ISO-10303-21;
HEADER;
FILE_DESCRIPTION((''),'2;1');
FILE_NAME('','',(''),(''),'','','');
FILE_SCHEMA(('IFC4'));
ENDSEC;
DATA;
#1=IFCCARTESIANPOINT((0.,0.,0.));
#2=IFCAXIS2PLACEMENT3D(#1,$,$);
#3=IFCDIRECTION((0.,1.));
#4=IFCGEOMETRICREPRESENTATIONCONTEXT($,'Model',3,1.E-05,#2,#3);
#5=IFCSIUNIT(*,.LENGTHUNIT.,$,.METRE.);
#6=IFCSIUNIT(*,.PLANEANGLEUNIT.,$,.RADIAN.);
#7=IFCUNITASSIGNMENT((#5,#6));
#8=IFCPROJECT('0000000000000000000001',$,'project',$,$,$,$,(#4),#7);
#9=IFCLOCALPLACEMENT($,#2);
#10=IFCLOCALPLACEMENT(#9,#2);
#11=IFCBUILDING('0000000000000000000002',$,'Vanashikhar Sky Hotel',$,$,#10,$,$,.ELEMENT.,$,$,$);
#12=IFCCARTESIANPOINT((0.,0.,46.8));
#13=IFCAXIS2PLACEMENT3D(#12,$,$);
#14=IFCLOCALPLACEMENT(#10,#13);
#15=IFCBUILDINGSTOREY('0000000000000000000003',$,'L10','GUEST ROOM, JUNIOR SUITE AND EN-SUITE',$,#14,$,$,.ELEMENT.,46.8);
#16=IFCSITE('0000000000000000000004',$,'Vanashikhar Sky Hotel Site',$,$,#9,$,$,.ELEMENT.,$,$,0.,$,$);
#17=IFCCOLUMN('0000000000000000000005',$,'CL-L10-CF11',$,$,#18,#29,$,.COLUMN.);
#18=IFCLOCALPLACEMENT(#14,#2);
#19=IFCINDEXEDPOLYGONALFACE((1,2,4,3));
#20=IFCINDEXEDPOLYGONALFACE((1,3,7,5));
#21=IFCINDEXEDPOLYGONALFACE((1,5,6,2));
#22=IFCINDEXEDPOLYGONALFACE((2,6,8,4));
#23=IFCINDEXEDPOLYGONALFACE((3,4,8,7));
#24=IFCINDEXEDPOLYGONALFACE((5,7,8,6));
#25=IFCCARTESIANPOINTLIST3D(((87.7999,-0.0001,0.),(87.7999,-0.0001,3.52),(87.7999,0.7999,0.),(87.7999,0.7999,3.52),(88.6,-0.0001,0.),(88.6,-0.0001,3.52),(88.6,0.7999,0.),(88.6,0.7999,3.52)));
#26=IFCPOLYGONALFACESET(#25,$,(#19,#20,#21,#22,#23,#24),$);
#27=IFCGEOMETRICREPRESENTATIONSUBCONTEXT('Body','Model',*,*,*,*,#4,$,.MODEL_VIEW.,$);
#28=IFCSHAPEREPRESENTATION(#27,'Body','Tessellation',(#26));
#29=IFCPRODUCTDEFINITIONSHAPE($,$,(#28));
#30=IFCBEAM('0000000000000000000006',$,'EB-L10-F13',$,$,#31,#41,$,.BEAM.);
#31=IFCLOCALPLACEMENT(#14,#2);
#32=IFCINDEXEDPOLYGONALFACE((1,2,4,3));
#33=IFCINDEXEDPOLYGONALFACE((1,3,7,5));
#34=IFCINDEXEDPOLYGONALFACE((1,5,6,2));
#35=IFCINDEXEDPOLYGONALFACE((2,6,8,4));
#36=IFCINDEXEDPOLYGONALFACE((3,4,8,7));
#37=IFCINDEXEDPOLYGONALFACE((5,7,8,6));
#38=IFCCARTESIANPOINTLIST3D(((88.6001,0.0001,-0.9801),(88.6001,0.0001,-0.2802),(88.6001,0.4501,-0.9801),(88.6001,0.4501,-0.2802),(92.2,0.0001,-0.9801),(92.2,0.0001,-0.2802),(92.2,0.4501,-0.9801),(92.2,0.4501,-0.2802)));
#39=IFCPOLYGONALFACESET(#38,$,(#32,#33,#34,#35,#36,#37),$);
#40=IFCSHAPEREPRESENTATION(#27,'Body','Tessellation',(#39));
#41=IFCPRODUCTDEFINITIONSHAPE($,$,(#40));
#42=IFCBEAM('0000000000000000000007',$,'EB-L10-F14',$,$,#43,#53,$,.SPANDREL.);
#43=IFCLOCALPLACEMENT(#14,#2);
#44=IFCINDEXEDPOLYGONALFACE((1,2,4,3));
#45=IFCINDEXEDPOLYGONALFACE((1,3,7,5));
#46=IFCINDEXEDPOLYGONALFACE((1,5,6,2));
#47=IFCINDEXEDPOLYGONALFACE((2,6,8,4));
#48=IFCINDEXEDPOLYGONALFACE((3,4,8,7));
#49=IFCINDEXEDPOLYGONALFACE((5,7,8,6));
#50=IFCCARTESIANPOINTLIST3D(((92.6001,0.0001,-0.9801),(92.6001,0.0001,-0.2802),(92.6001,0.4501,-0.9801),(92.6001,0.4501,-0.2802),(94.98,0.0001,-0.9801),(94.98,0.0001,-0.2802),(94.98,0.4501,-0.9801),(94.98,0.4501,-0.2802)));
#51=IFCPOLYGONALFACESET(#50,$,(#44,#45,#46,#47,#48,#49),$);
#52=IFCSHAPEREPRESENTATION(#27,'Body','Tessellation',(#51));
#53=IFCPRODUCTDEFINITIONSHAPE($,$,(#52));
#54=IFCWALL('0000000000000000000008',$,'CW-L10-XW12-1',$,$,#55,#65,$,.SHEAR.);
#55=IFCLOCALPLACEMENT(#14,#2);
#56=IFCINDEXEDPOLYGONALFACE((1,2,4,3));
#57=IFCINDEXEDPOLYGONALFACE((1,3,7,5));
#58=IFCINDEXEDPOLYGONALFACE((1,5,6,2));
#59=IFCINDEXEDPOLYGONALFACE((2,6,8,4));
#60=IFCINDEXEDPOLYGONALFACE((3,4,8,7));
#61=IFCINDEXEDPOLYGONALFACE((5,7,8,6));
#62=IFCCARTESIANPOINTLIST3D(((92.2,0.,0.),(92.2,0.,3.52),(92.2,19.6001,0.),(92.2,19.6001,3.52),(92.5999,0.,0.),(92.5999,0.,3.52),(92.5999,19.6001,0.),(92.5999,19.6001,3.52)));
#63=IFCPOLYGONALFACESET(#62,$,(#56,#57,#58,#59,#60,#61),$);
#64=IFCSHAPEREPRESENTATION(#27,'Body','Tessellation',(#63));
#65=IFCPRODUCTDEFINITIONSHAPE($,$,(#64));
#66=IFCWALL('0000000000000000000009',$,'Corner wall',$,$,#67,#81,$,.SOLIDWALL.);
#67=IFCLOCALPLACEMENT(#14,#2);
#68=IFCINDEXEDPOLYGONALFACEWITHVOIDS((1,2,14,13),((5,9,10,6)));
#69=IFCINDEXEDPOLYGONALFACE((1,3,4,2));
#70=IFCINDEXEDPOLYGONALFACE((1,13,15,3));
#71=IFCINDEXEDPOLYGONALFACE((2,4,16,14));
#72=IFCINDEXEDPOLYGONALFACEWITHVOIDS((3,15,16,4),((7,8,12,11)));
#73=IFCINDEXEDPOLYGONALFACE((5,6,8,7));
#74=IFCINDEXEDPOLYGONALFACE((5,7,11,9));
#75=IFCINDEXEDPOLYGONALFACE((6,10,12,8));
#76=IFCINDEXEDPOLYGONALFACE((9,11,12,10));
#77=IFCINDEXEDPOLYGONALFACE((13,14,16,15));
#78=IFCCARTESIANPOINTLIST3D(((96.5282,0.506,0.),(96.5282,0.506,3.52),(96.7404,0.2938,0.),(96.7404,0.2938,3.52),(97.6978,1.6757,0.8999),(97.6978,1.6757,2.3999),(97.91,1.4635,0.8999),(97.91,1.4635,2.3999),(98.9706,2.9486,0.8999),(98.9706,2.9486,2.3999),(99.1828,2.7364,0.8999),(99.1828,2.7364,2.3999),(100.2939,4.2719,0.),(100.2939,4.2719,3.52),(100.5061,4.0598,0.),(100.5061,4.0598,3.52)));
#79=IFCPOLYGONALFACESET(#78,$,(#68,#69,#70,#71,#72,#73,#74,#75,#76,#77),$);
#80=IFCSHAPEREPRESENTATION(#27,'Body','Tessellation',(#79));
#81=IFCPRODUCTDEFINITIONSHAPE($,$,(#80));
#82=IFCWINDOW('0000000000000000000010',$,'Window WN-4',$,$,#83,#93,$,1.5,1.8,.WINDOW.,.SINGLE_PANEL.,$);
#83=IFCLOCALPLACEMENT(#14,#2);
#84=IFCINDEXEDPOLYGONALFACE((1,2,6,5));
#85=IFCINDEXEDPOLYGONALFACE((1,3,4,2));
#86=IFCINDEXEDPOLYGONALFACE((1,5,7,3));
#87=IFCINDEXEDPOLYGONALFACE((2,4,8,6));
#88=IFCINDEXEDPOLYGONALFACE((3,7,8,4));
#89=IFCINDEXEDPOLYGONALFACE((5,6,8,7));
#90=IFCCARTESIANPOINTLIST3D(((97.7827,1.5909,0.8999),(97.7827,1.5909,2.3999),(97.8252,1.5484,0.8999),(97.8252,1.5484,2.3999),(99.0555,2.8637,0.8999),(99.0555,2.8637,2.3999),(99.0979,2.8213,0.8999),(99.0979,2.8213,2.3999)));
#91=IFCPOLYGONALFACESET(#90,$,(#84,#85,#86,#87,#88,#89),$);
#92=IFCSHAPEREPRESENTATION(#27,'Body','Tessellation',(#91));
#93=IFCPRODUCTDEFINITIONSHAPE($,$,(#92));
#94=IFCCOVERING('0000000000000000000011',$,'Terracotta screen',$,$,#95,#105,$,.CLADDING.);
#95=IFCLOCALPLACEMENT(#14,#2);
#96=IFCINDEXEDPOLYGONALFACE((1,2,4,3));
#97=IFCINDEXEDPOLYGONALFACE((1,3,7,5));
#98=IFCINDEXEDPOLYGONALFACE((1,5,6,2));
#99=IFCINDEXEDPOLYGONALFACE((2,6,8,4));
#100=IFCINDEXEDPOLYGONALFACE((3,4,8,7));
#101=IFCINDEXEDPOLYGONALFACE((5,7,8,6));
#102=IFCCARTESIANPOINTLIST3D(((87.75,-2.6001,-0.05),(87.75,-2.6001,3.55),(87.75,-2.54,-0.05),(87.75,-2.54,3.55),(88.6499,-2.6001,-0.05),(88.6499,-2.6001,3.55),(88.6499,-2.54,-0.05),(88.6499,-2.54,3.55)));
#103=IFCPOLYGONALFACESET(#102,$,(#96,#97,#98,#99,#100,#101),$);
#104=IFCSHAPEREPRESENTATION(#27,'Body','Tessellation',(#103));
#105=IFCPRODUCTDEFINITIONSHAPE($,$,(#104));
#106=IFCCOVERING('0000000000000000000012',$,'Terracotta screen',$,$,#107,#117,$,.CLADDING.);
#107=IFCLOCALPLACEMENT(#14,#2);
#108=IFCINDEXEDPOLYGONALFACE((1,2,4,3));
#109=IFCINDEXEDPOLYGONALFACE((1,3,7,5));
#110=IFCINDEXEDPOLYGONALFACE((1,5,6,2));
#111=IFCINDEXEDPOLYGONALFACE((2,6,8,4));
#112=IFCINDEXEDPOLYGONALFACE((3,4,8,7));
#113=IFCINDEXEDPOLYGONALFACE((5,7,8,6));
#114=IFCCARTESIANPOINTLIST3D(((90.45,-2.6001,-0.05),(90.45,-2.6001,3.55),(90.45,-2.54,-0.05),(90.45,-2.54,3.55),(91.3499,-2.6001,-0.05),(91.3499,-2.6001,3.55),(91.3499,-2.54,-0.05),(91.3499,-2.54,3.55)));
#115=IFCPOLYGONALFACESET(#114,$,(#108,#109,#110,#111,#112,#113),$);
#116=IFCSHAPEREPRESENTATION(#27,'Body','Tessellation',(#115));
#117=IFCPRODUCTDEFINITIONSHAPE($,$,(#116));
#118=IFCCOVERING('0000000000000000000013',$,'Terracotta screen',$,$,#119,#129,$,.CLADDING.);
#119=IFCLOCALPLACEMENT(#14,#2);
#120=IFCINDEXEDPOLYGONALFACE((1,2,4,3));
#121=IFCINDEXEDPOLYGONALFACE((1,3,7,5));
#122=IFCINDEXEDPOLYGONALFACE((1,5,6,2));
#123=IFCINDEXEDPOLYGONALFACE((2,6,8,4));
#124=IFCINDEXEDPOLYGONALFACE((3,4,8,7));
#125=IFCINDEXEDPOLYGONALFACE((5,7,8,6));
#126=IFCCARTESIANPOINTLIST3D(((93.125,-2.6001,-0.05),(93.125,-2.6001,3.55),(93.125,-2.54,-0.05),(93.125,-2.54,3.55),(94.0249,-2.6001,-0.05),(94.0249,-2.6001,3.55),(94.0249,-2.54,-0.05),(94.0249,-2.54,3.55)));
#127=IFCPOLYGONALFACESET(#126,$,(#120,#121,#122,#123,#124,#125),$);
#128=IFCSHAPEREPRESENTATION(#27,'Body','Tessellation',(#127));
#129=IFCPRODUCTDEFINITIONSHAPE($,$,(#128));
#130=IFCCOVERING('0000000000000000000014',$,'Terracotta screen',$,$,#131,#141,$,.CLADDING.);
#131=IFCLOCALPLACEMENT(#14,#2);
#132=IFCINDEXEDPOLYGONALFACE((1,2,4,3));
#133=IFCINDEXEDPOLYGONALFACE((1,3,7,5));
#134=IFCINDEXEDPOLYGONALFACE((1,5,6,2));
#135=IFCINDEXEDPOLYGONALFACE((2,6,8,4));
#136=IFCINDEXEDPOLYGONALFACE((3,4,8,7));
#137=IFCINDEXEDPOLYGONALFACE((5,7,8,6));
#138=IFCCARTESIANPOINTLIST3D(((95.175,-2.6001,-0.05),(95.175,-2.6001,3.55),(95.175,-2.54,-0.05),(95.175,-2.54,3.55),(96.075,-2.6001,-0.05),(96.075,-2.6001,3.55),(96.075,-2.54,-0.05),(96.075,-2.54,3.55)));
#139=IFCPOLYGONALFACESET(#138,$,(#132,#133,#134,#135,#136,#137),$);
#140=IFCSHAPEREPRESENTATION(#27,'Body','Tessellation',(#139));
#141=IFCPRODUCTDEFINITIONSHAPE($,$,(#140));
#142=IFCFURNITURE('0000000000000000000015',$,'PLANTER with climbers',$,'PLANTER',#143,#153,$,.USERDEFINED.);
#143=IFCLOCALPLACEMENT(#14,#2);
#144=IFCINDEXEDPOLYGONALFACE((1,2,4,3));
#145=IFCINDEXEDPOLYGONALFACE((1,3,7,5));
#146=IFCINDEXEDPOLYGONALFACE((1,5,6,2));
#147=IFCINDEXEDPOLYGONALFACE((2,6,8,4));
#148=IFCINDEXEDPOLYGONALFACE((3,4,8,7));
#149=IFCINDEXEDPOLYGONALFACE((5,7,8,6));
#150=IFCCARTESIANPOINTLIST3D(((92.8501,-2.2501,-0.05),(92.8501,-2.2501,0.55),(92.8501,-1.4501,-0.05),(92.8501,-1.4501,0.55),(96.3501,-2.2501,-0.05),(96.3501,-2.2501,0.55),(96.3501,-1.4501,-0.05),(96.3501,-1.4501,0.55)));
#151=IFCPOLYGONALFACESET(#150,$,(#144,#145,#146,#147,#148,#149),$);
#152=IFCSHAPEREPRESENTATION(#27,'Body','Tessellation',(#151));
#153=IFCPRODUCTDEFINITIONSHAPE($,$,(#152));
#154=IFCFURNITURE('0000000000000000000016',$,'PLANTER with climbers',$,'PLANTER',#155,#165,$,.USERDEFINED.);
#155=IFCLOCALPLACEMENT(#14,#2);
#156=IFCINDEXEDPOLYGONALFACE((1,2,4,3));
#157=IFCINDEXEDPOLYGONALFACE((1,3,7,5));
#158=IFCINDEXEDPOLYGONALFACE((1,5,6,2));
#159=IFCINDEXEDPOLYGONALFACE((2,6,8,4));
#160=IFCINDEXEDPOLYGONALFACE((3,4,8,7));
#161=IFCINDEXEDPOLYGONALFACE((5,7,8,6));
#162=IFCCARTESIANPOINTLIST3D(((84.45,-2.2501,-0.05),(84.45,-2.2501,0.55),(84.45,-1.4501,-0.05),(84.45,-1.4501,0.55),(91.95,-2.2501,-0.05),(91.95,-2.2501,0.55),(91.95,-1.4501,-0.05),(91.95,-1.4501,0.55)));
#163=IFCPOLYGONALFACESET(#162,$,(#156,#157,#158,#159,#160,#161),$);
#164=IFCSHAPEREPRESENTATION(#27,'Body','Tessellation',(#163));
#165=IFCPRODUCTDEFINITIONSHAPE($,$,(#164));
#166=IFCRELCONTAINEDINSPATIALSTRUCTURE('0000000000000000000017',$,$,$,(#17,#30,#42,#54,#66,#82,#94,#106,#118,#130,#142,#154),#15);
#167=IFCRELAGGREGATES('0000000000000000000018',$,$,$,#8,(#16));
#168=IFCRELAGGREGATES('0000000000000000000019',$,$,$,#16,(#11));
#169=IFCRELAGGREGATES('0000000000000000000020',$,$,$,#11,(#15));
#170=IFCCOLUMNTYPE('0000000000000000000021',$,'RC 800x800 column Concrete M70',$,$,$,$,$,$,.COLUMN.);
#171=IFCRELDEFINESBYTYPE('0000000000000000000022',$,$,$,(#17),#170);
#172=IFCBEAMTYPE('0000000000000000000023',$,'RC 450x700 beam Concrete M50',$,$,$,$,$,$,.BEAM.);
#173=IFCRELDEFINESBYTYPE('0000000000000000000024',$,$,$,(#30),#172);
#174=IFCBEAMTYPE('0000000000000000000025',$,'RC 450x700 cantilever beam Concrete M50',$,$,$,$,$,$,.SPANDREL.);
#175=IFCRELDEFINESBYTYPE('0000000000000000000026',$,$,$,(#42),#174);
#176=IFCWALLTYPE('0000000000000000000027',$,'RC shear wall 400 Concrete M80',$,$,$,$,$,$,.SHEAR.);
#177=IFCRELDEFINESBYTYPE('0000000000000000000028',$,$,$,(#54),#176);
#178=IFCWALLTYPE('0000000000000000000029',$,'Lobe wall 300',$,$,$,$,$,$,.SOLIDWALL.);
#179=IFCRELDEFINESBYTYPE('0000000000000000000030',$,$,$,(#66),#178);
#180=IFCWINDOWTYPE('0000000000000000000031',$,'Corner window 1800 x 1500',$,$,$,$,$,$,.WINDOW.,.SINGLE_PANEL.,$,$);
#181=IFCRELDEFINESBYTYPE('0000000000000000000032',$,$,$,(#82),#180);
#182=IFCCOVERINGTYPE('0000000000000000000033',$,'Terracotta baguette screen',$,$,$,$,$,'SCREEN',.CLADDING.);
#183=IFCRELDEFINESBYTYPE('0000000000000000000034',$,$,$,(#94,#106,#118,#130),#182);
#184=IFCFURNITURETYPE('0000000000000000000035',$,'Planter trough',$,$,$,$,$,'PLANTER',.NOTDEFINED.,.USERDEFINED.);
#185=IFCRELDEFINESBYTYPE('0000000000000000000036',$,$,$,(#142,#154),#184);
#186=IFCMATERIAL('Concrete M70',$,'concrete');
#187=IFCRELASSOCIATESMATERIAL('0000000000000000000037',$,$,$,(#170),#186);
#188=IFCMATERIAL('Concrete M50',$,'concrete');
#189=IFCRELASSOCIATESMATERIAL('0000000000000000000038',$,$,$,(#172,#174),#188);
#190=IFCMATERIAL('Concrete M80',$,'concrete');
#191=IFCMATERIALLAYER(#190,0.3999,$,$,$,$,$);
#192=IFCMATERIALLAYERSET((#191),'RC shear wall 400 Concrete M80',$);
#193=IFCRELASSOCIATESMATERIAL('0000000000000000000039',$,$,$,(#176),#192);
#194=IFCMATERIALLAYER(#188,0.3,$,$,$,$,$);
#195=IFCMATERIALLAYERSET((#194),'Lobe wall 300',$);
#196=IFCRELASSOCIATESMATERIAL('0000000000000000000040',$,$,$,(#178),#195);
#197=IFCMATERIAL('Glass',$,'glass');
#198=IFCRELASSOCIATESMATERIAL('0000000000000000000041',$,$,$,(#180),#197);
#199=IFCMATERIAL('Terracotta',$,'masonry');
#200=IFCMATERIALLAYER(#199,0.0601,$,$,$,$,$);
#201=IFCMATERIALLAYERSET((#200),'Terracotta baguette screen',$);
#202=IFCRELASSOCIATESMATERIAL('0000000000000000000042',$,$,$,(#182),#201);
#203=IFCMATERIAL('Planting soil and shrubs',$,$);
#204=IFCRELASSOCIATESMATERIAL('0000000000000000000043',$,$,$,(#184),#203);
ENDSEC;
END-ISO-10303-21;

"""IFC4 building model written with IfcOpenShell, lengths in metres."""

from ifc_helpers import new_model, si_unit, direction, frame, frame_2d, origin, origin_2d, place, context, subcontext, project, spatial, rectangle, extrude, source, transform, mapped, material, layer, layer_set, material_profile, profile_set, type_object, element, fill, save


model = new_model("IFC4")

# Units and contexts
model_context = context("Model", 3, precision=1e-05, world=origin(), true_north=direction((0.0, 1.0)))
body_context = subcontext(model_context, "Body", "Model", "MODEL_VIEW")
ifc_project = project(units=[si_unit("LENGTHUNIT", "METRE"), si_unit("PLANEANGLEUNIT", "RADIAN")], contexts=[model_context])

# Site, building, storey
site_placement = place(None, origin())
site = spatial("IfcSite", under=ifc_project, at=site_placement, Name="Vanashikhar Sky Hotel Site", CompositionType="ELEMENT", RefElevation=0.0)
building_placement = place(site_placement, origin())
building = spatial("IfcBuilding", under=site, at=building_placement, Name="Vanashikhar Sky Hotel", CompositionType="ELEMENT")
storey_placement = place(building_placement, frame((0.0, 0.0, 46.8)))
storey = spatial("IfcBuildingStorey", under=building, at=storey_placement, Name="L10", Description="GUEST ROOM, JUNIOR SUITE AND EN-SUITE", CompositionType="ELEMENT", Elevation=46.8)

# Column
ifc_material_1 = material(Name="Concrete M70", Category="concrete")
ifc_material_profile_1 = material_profile(ifc_material_1, rectangle(XDim=0.8, YDim=0.8, at=origin_2d()))
ifc_profile_set_1 = profile_set([ifc_material_profile_1], Name="RC 800x800 column Concrete M70")
column_type = type_object("IfcColumnType", Name="RC 800x800 column Concrete M70", PredefinedType="COLUMN", material=ifc_profile_set_1)
shared_shape_1 = source(origin(), body_context, "Body", "SweptSolid", [
    extrude(rectangle(XDim=0.8, YDim=0.8, at=origin_2d()), origin(), (0.0, 0.0, 1.0), 3.52),
])
column_placement = place(storey_placement, frame((88.2, 0.3999, 0.0), z_axis=(0.0, 0.0, 1.0), x_axis=(1.0, 0.0, 0.0)))
element("IfcColumn", 1, at=column_placement, inside=storey, type_object=column_type, Name="CL-L10-CF11", PredefinedType="COLUMN", context=body_context, shape_type="MappedRepresentation", body=[
    mapped(shared_shape_1, transform((0.0, 0.0, 0.0), scale=1.0)),
])

# Beams
ifc_material_2 = material(Name="Concrete M50", Category="concrete")
ifc_material_profile_2 = material_profile(ifc_material_2, rectangle(XDim=0.45, YDim=0.7, at=origin_2d()))
ifc_profile_set_2 = profile_set([ifc_material_profile_2], Name="RC 450x700 beam Concrete M50")
beam_type_1 = type_object("IfcBeamType", Name="RC 450x700 beam Concrete M50", PredefinedType="BEAM", material=ifc_profile_set_2)
shared_shape_2 = source(origin(), body_context, "Body", "SweptSolid", [
    extrude(rectangle(XDim=0.45, YDim=0.7, at=origin_2d()), origin(), (0.0, 0.0, 1.0), 3.5999),
])
beam_1_placement = place(storey_placement, frame((88.6001, 0.2251, -0.6301), z_axis=(1.0, 0.0, 0.0), x_axis=(0.0, 1.0, 0.0)))
element("IfcBeam", 2, at=beam_1_placement, inside=storey, type_object=beam_type_1, Name="EB-L10-F13", PredefinedType="BEAM", context=body_context, shape_type="MappedRepresentation", body=[
    mapped(shared_shape_2, transform((0.0, 0.0, 0.0), scale=1.0)),
])
ifc_material_profile_3 = material_profile(ifc_material_2, rectangle(XDim=0.45, YDim=0.7, at=origin_2d()))
ifc_profile_set_3 = profile_set([ifc_material_profile_3], Name="RC 450x700 cantilever beam Concrete M50")
beam_type_2 = type_object("IfcBeamType", Name="RC 450x700 cantilever beam Concrete M50", PredefinedType="SPANDREL", material=ifc_profile_set_3)
shared_shape_3 = source(origin(), body_context, "Body", "SweptSolid", [
    extrude(rectangle(XDim=0.45, YDim=0.7, at=origin_2d()), origin(), (0.0, 0.0, 1.0), 2.3799),
])
beam_2_placement = place(storey_placement, frame((92.6001, 0.2251, -0.6301), z_axis=(1.0, 0.0, 0.0), x_axis=(0.0, 1.0, 0.0)))
element("IfcBeam", 3, at=beam_2_placement, inside=storey, type_object=beam_type_2, Name="EB-L10-F14", PredefinedType="SPANDREL", context=body_context, shape_type="MappedRepresentation", body=[
    mapped(shared_shape_3, transform((0.0, 0.0, 0.0), scale=1.0)),
])

# Wall
ifc_material_3 = material(Name="Concrete M80", Category="concrete")
ifc_layer_1 = layer(ifc_material_3, 0.3999)
ifc_layer_set_1 = layer_set([ifc_layer_1], Name="RC shear wall 400 Concrete M80")
wall_type_1 = type_object("IfcWallType", Name="RC shear wall 400 Concrete M80", PredefinedType="SHEAR", material=ifc_layer_set_1)
shared_shape_4 = source(origin(), body_context, "Body", "SweptSolid", [
    extrude(rectangle(XDim=19.6001, YDim=0.3999, at=frame_2d((9.8, 0.0))), origin(), (0.0, 0.0, 1.0), 3.52),
])
wall_1_placement = place(storey_placement, frame((92.3999, 0.0, 0.0), z_axis=(0.0, 0.0, 1.0), x_axis=(0.0, 1.0, 0.0)))
element("IfcWall", 4, at=wall_1_placement, inside=storey, type_object=wall_type_1, Name="CW-L10-XW12-1", PredefinedType="SHEAR", context=body_context, shape_type="MappedRepresentation", body=[
    mapped(shared_shape_4, transform((0.0, 0.0, 0.0), scale=1.0)),
])

# Wall, opening, window
ifc_layer_2 = layer(ifc_material_2, 0.3)
ifc_layer_set_2 = layer_set([ifc_layer_2], Name="Lobe wall 300")
wall_type_2 = type_object("IfcWallType", Name="Lobe wall 300", PredefinedType="SOLIDWALL", material=ifc_layer_set_2)
shared_shape_5 = source(origin(), body_context, "Body", "SweptSolid", [
    extrude(rectangle(XDim=5.3257, YDim=0.3, at=frame_2d((2.6628, 0.0))), origin(), (0.0, 0.0, 1.0), 3.52),
])
wall_2_placement = place(storey_placement, frame((96.6343, 0.3999, 0.0), z_axis=(0.0, 0.0, 1.0), x_axis=(0.707084, 0.70713, 0.0)))
wall_2 = element("IfcWall", 5, at=wall_2_placement, inside=storey, type_object=wall_type_2, Name="Corner wall", PredefinedType="SOLIDWALL", context=body_context, shape_type="MappedRepresentation", body=[
    mapped(shared_shape_5, transform((0.0, 0.0, 0.0), scale=1.0)),
])
shared_shape_6 = source(origin(), body_context, "Body", "SweptSolid", [
    extrude(rectangle(XDim=1.8, YDim=1.5, at=frame_2d((0.8999, 0.75))), frame((0.0, 0.1602, 0.0), z_axis=(0.0, -1.0, 0.0), x_axis=(1.0, 0.0, 0.0)), (0.0, 0.0, 1.0), 0.3201),
])
opening_1_placement = place(wall_2_placement, frame((1.6543, 0.0, 0.8999)))
opening_1 = element("IfcOpeningElement", 6, at=opening_1_placement, cuts=wall_2, PredefinedType="OPENING", context=body_context, shape_type="MappedRepresentation", body=[
    mapped(shared_shape_6, transform((0.0, 0.0, 0.0), scale=1.0)),
])
ifc_material_4 = material(Name="Glass", Category="glass")
window_type_1 = type_object("IfcWindowType", Name="Corner window 1800 x 1500", PartitioningType="SINGLE_PANEL", PredefinedType="WINDOW", material=ifc_material_4)
shared_shape_7 = source(origin(), body_context, "Body", "SweptSolid", [
    extrude(rectangle(XDim=1.8, YDim=1.5, at=frame_2d((0.8999, 0.75))), frame((0.0, 0.03, 0.0), z_axis=(0.0, -1.0, 0.0), x_axis=(1.0, 0.0, 0.0)), (0.0, 0.0, 1.0), 0.0601),
])
window_1_placement = place(opening_1_placement, origin())
window_1 = element("IfcWindow", 7, at=window_1_placement, inside=storey, type_object=window_type_1, Name="Window WN-4", OverallHeight=1.5, OverallWidth=1.8, PartitioningType="SINGLE_PANEL", PredefinedType="WINDOW", context=body_context, shape_type="MappedRepresentation", body=[
    mapped(shared_shape_7, transform((0.0, 0.0, 0.0), scale=1.0)),
])
fill(opening_1, window_1)

# Coverings
ifc_material_5 = material(Name="Terracotta", Category="masonry")
ifc_layer_3 = layer(ifc_material_5, 0.0601)
ifc_layer_set_3 = layer_set([ifc_layer_3], Name="Terracotta baguette screen")
covering_type = type_object("IfcCoveringType", Name="Terracotta baguette screen", ElementType="SCREEN", PredefinedType="CLADDING", material=ifc_layer_set_3)
shared_shape_8 = source(origin(), body_context, "Body", "SweptSolid", [
    extrude(rectangle(XDim=0.8999, YDim=0.0601, at=origin_2d()), origin(), (0.0, 0.0, 1.0), 3.6001),
])
for number, where, z_axis, x_axis, name in (
    (8, (88.2, -2.5701, -0.05), (0.0, 0.0, 1.0), (1.0, 0.0, 0.0), "Terracotta screen"),
    (9, (90.8999, -2.5701, -0.05), (0.0, 0.0, 1.0), (1.0, 0.0, 0.0), "Terracotta screen"),
    (10, (93.575, -2.5701, -0.05), (0.0, 0.0, 1.0), (1.0, 0.0, 0.0), "Terracotta screen"),
    (11, (95.625, -2.5701, -0.05), (0.0, 0.0, 1.0), (1.0, 0.0, 0.0), "Terracotta screen"),
):
    element("IfcCovering", number, at=place(storey_placement, frame(where, z_axis=z_axis, x_axis=x_axis)), inside=storey, type_object=covering_type, Name=name, PredefinedType="CLADDING", context=body_context, shape_type="MappedRepresentation", body=[
        mapped(shared_shape_8, transform((0.0, 0.0, 0.0), scale=1.0)),
    ])

# Furniture
ifc_material_6 = material(Name="Planting soil and shrubs")
furniture_type = type_object("IfcFurnitureType", Name="Planter trough", ElementType="PLANTER", AssemblyPlace="NOTDEFINED", PredefinedType="USERDEFINED", material=ifc_material_6)
shared_shape_9 = source(origin(), body_context, "Body", "SweptSolid", [
    extrude(rectangle(XDim=3.5, YDim=0.8, at=origin_2d()), origin(), (0.0, 0.0, 1.0), 0.6001),
])
furniture_1_placement = place(storey_placement, frame((94.6001, -1.8501, -0.05), z_axis=(0.0, 0.0, 1.0), x_axis=(1.0, 0.0, 0.0)))
element("IfcFurniture", 12, at=furniture_1_placement, inside=storey, type_object=furniture_type, Name="PLANTER with climbers", ObjectType="PLANTER", PredefinedType="USERDEFINED", context=body_context, shape_type="MappedRepresentation", body=[
    mapped(shared_shape_9, transform((0.0, 0.0, 0.0), scale=1.0)),
])
shared_shape_10 = source(origin(), body_context, "Body", "SweptSolid", [
    extrude(rectangle(XDim=7.5, YDim=0.8, at=origin_2d()), origin(), (0.0, 0.0, 1.0), 0.6001),
])
furniture_2_placement = place(storey_placement, frame((88.2, -1.8501, -0.05), z_axis=(0.0, 0.0, 1.0), x_axis=(1.0, 0.0, 0.0)))
element("IfcFurniture", 13, at=furniture_2_placement, inside=storey, type_object=furniture_type, Name="PLANTER with climbers", ObjectType="PLANTER", PredefinedType="USERDEFINED", context=body_context, shape_type="MappedRepresentation", body=[
    mapped(shared_shape_10, transform((0.0, 0.0, 0.0), scale=1.0)),
])

save(model, "model.ifc")
